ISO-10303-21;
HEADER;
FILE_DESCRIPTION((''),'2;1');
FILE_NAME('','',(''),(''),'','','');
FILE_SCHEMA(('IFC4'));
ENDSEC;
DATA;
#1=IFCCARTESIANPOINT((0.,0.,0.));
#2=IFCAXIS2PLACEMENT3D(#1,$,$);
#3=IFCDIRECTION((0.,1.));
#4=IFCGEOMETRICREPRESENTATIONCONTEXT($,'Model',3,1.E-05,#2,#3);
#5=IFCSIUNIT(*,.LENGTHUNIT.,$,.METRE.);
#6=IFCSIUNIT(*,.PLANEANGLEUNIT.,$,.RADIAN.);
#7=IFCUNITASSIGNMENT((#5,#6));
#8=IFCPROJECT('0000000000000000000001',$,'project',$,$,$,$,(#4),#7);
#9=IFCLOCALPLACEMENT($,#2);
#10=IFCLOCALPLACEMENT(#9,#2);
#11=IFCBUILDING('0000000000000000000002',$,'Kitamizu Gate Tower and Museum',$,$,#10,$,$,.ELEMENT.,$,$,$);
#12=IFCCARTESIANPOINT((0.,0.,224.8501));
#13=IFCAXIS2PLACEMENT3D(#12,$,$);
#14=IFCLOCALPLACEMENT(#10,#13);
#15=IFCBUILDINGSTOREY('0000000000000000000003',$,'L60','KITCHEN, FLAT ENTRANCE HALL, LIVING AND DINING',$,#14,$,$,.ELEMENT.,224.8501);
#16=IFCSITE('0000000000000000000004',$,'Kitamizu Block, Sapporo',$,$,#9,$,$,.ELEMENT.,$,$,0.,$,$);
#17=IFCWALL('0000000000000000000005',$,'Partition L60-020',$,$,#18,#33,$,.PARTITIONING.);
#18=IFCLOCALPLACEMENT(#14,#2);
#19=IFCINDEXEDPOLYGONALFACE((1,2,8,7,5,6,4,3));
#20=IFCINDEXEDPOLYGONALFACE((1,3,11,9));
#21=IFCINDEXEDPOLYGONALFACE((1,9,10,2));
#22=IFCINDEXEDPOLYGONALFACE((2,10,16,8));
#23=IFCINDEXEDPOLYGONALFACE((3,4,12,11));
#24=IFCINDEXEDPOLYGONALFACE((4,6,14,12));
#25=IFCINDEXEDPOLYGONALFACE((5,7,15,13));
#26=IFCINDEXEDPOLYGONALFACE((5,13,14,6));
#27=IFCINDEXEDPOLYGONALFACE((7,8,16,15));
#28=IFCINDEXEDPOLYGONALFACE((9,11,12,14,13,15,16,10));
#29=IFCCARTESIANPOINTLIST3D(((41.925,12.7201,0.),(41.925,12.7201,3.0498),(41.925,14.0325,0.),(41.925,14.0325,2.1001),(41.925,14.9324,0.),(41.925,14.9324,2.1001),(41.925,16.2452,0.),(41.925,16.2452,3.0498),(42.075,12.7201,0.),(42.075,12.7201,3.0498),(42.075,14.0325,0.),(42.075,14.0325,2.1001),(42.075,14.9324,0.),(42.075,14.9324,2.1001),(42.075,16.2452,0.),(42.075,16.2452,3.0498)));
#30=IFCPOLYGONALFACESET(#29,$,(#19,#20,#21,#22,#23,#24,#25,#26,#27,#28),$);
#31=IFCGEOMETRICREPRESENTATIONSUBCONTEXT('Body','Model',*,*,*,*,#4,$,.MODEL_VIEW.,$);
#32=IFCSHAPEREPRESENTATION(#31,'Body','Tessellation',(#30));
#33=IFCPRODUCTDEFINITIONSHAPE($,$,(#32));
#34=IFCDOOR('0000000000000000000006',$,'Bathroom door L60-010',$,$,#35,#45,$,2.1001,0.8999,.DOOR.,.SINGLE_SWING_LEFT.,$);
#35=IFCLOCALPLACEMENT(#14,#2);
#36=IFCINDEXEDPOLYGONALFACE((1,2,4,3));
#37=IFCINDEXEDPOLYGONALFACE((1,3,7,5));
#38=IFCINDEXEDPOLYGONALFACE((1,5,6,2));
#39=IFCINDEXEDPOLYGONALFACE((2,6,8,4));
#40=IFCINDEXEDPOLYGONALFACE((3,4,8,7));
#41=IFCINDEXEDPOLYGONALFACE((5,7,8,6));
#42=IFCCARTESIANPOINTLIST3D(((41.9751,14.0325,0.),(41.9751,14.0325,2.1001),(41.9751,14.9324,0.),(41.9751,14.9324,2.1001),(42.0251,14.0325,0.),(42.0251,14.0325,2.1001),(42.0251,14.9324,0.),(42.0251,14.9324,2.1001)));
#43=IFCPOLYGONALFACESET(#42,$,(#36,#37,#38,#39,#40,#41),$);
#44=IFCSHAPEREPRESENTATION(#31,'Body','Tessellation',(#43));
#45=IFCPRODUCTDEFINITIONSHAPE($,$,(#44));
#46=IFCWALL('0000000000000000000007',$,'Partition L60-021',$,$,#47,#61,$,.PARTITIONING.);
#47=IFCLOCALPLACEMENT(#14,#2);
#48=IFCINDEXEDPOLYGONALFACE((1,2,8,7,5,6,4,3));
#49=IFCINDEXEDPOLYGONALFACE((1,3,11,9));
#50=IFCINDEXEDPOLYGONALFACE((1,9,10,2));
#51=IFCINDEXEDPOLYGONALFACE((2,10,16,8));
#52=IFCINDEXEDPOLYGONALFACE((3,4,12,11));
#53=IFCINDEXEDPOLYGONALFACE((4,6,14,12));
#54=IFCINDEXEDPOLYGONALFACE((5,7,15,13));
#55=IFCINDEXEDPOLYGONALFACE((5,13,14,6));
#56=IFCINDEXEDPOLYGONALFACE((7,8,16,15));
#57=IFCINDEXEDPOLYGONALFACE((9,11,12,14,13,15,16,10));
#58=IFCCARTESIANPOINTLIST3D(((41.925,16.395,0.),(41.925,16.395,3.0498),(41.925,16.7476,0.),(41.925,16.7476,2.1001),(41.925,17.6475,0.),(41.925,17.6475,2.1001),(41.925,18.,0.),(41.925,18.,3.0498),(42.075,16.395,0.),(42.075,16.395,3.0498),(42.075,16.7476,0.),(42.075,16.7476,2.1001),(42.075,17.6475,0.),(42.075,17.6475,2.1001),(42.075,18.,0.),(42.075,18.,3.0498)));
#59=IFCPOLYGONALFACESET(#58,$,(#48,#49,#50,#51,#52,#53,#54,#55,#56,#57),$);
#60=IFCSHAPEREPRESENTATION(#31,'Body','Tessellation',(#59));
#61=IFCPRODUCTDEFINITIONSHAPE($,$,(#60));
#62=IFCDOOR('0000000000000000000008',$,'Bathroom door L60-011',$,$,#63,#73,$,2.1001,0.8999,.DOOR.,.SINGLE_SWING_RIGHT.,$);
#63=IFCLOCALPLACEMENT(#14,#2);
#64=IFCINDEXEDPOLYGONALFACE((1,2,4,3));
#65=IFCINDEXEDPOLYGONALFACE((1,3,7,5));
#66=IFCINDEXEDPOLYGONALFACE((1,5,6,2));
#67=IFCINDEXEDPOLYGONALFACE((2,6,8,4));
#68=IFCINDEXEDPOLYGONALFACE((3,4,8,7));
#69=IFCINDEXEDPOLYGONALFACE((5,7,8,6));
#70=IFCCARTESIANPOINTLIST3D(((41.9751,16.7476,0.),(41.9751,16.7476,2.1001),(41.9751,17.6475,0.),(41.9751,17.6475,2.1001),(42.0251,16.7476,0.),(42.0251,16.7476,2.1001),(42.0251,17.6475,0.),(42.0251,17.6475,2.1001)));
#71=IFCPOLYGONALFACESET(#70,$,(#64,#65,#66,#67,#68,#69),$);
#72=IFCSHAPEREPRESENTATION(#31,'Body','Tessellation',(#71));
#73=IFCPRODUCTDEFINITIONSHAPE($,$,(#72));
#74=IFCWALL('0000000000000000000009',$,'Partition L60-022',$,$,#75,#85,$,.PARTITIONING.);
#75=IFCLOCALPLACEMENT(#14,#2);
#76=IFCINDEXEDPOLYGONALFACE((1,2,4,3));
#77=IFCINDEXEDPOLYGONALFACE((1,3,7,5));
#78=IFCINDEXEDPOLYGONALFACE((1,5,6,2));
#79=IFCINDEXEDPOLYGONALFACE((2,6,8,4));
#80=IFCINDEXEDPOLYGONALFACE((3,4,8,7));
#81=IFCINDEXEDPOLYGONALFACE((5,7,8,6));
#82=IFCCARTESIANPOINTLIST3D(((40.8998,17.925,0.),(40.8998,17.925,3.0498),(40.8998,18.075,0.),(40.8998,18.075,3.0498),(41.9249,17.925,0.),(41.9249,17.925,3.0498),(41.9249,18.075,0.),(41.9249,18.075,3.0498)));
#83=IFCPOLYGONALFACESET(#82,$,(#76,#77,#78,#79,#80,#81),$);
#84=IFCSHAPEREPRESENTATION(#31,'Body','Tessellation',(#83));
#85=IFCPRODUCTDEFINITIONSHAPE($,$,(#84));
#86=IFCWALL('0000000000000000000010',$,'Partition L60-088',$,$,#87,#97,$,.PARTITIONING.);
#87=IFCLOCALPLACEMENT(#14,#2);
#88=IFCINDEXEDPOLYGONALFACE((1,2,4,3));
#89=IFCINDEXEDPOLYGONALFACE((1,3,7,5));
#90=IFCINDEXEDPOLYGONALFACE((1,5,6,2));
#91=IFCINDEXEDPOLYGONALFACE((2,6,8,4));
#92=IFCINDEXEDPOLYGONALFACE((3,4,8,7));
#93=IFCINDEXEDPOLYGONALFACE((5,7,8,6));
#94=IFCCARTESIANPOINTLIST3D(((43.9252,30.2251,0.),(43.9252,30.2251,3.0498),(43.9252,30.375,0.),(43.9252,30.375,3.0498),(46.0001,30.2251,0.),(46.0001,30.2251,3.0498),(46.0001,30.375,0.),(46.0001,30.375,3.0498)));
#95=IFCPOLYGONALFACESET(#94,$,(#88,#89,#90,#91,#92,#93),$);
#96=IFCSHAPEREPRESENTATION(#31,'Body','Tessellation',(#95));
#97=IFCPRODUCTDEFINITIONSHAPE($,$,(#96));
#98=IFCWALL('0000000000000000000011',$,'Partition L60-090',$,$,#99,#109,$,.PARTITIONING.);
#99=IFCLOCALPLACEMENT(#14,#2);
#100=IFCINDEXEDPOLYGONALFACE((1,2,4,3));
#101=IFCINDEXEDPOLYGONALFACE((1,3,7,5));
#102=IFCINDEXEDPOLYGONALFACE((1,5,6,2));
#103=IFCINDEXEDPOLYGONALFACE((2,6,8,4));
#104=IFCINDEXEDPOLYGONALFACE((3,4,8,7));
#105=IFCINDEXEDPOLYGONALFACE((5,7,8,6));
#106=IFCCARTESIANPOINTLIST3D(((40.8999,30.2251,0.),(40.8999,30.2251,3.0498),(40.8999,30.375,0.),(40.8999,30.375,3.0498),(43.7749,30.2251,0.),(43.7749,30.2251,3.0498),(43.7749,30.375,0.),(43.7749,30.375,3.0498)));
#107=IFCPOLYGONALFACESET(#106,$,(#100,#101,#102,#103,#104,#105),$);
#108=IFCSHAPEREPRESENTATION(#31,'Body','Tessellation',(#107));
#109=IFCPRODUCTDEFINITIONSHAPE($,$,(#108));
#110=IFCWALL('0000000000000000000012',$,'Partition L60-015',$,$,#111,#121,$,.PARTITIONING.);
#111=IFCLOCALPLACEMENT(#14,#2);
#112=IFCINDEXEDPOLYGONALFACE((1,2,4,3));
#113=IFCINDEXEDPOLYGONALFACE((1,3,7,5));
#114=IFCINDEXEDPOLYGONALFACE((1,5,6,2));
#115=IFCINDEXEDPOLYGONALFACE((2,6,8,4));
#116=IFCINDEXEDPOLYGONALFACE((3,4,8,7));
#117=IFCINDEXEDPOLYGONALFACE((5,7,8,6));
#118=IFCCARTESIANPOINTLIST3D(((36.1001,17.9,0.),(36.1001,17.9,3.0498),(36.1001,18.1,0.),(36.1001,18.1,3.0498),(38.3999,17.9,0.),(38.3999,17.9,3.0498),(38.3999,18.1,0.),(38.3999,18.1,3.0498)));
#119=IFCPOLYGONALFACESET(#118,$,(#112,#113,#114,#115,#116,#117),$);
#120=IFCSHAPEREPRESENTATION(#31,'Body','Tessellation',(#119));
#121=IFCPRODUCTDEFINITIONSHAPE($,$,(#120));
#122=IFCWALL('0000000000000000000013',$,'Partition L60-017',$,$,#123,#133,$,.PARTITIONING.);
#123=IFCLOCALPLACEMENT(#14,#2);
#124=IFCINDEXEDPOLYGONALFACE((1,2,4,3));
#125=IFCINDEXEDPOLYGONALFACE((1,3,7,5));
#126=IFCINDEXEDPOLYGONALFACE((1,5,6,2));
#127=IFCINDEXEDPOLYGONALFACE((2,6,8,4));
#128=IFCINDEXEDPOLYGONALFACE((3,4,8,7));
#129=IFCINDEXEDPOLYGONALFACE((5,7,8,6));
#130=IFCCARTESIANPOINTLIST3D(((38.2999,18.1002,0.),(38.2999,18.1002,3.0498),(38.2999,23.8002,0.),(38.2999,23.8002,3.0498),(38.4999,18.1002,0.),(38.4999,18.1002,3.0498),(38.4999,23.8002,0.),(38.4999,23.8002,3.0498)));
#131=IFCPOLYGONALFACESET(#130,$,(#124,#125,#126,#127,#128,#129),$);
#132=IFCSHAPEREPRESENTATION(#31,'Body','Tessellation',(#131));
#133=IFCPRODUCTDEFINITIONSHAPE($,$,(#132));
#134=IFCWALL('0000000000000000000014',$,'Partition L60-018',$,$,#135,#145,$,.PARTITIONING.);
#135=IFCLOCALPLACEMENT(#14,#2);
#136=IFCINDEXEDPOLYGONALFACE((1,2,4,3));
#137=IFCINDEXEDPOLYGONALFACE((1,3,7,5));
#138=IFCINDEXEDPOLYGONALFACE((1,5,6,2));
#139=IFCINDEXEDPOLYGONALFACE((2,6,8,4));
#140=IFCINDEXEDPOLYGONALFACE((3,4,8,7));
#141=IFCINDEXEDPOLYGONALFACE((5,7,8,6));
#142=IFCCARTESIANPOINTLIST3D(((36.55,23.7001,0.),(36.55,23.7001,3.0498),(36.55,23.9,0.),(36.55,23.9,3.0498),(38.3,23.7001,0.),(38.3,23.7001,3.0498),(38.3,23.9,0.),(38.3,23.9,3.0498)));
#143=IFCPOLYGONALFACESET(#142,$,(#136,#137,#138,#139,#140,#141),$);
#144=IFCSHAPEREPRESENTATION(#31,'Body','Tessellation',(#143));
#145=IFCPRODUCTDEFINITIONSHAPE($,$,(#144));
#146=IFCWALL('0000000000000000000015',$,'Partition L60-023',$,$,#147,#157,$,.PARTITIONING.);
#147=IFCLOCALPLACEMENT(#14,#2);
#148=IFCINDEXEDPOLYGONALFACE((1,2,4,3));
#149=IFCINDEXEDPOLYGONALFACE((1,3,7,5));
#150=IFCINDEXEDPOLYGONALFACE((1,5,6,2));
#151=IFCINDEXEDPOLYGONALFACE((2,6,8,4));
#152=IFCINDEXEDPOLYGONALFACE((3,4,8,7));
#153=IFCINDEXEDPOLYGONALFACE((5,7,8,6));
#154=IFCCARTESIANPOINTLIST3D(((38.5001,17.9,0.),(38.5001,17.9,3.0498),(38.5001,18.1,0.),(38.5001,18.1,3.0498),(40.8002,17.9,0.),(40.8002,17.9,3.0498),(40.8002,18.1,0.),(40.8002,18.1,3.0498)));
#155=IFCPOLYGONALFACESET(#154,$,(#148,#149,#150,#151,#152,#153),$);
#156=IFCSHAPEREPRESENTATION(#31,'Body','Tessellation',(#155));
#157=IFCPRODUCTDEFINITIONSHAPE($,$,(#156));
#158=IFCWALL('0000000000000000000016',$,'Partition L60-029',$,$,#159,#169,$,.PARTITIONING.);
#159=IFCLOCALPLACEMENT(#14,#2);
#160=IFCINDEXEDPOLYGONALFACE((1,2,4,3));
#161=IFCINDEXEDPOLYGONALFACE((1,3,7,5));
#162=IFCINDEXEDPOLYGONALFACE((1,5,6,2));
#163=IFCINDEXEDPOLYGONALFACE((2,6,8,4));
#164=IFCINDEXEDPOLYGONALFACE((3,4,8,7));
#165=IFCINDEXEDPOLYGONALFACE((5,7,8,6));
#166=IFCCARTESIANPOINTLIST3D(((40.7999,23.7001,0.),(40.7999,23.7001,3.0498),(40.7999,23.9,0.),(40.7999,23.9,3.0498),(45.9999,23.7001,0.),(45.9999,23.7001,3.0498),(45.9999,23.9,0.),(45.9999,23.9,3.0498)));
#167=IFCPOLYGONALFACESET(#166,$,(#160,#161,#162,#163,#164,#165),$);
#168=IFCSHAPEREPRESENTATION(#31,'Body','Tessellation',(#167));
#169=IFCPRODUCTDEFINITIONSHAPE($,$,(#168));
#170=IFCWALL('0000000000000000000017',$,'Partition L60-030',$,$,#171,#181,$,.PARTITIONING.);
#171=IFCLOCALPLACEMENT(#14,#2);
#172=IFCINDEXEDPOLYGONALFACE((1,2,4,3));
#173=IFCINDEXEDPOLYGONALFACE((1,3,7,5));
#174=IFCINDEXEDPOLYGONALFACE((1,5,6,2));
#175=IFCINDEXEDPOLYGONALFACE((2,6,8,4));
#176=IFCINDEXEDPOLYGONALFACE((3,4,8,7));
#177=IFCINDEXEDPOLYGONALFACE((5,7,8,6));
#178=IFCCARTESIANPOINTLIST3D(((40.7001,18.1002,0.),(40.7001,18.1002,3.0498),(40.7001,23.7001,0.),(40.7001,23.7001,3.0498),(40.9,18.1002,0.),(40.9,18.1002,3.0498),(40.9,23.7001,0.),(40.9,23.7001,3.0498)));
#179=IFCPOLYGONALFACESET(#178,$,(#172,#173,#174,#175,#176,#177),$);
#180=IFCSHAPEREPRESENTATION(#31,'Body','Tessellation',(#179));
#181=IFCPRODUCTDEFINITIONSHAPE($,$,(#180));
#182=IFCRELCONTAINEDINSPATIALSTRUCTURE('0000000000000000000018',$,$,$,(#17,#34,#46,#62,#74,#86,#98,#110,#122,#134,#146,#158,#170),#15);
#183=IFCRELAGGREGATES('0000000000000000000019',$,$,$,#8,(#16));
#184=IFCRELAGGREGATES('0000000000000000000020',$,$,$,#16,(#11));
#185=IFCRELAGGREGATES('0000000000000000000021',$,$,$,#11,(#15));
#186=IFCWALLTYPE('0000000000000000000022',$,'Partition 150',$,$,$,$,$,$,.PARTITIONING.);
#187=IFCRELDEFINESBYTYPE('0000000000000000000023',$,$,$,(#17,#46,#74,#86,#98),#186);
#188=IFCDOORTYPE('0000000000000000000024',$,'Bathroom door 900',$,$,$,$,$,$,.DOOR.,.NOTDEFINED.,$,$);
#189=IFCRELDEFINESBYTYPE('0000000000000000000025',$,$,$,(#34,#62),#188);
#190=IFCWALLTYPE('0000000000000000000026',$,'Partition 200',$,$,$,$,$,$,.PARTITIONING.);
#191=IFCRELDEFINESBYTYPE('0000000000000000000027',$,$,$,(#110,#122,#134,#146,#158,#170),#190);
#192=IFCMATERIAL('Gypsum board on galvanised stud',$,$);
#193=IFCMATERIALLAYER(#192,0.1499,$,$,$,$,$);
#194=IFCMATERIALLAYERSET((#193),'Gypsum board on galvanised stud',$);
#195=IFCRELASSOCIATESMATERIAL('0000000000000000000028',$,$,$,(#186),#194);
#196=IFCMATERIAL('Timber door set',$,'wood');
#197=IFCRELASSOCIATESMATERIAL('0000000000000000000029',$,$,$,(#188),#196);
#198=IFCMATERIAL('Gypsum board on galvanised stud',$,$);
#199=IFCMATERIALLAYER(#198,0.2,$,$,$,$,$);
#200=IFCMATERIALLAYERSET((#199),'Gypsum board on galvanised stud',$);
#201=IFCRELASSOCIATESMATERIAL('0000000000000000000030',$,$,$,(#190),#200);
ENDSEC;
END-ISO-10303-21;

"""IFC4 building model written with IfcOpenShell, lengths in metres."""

from ifc_helpers import new_model, si_unit, direction, frame, frame_2d, origin, place, context, subcontext, project, spatial, rectangle, extrude, material, layer, layer_set, type_object, element, fill, save


model = new_model("IFC4")

# Units and contexts
model_context = context("Model", 3, precision=1e-05, world=origin(), true_north=direction((0.0, 1.0)))
body_context = subcontext(model_context, "Body", "Model", "MODEL_VIEW")
ifc_project = project(units=[si_unit("LENGTHUNIT", "METRE"), si_unit("PLANEANGLEUNIT", "RADIAN")], contexts=[model_context])

# Site, building, storey
site_placement = place(None, origin())
site = spatial("IfcSite", under=ifc_project, at=site_placement, Name="Kitamizu Block, Sapporo", CompositionType="ELEMENT", RefElevation=0.0)
building_placement = place(site_placement, origin())
building = spatial("IfcBuilding", under=site, at=building_placement, Name="Kitamizu Gate Tower and Museum", CompositionType="ELEMENT")
storey_placement = place(building_placement, frame((0.0, 0.0, 224.8501)))
storey = spatial("IfcBuildingStorey", under=building, at=storey_placement, Name="L60", Description="KITCHEN, FLAT ENTRANCE HALL, LIVING AND DINING", CompositionType="ELEMENT", Elevation=224.8501)

# Shared definitions
ifc_material_1 = material(Name="Gypsum board on galvanised stud")
ifc_layer_1 = layer(ifc_material_1, 0.1499)
ifc_layer_set_1 = layer_set([ifc_layer_1], Name="Gypsum board on galvanised stud")
wall_type_1 = type_object("IfcWallType", Name="Partition 150", PredefinedType="PARTITIONING", material=ifc_layer_set_1)

# Walls, openings, doors
wall_1_placement = place(storey_placement, frame((42.0, 12.72, 0.0), z_axis=(0.0, 0.0, 1.0), x_axis=(0.0, 1.0, 0.0)))
wall_1 = element("IfcWall", 1, at=wall_1_placement, inside=storey, type_object=wall_type_1, Name="Partition L60-020", PredefinedType="PARTITIONING", context=body_context, shape_type="SweptSolid", body=[
    extrude(rectangle(XDim=3.5251, YDim=0.1499, at=frame_2d((1.7627, 0.0))), origin(), (0.0, 0.0, 1.0), 3.0498),
])
opening_1_placement = place(wall_1_placement, frame((1.3125, 0.0, 0.0)))
opening_1 = element("IfcOpeningElement", 2, at=opening_1_placement, cuts=wall_1, PredefinedType="OPENING", context=body_context, shape_type="SweptSolid", body=[
    extrude(rectangle(XDim=0.8999, YDim=2.1001, at=frame_2d((0.45, 1.05))), frame((0.0, 0.085, 0.0), z_axis=(0.0, -1.0, 0.0), x_axis=(1.0, 0.0, 0.0)), (0.0, 0.0, 1.0), 0.1699),
])
ifc_material_2 = material(Name="Timber door set", Category="wood")
door_type_1 = type_object("IfcDoorType", Name="Bathroom door 900", OperationType="NOTDEFINED", PredefinedType="DOOR", material=ifc_material_2)
door_1_placement = place(opening_1_placement, origin())
door_1 = element("IfcDoor", 3, at=door_1_placement, inside=storey, type_object=door_type_1, Name="Bathroom door L60-010", OperationType="SINGLE_SWING_LEFT", OverallHeight=2.1001, OverallWidth=0.8999, PredefinedType="DOOR", context=body_context, shape_type="SweptSolid", body=[
    extrude(rectangle(XDim=0.8999, YDim=2.1001, at=frame_2d((0.45, 1.05))), frame((0.0, 0.0249, 0.0), z_axis=(0.0, -1.0, 0.0), x_axis=(1.0, 0.0, 0.0)), (0.0, 0.0, 1.0), 0.05),
])
fill(opening_1, door_1)
wall_2_placement = place(storey_placement, frame((42.0, 16.395, 0.0), z_axis=(0.0, 0.0, 1.0), x_axis=(0.0, 1.0, 0.0)))
wall_2 = element("IfcWall", 4, at=wall_2_placement, inside=storey, type_object=wall_type_1, Name="Partition L60-021", PredefinedType="PARTITIONING", context=body_context, shape_type="SweptSolid", body=[
    extrude(rectangle(XDim=1.605, YDim=0.1499, at=frame_2d((0.8025, 0.0))), origin(), (0.0, 0.0, 1.0), 3.0498),
])
opening_2_placement = place(wall_2_placement, frame((0.3525, 0.0, 0.0)))
opening_2 = element("IfcOpeningElement", 5, at=opening_2_placement, cuts=wall_2, PredefinedType="OPENING", context=body_context, shape_type="SweptSolid", body=[
    extrude(rectangle(XDim=0.8999, YDim=2.1001, at=frame_2d((0.45, 1.05))), frame((0.0, 0.085, 0.0), z_axis=(0.0, -1.0, 0.0), x_axis=(1.0, 0.0, 0.0)), (0.0, 0.0, 1.0), 0.1699),
])
door_2_placement = place(opening_2_placement, origin())
door_2 = element("IfcDoor", 6, at=door_2_placement, inside=storey, type_object=door_type_1, Name="Bathroom door L60-011", OperationType="SINGLE_SWING_RIGHT", OverallHeight=2.1001, OverallWidth=0.8999, PredefinedType="DOOR", context=body_context, shape_type="SweptSolid", body=[
    extrude(rectangle(XDim=0.8999, YDim=2.1001, at=frame_2d((0.45, 1.05))), frame((0.0, 0.0249, 0.0), z_axis=(0.0, -1.0, 0.0), x_axis=(1.0, 0.0, 0.0)), (0.0, 0.0, 1.0), 0.05),
])
fill(opening_2, door_2)

# Walls
wall_3_placement = place(storey_placement, frame((41.925, 18.0, 0.0), z_axis=(0.0, 0.0, 1.0), x_axis=(-1.0, 0.0, 0.0)))
element("IfcWall", 7, at=wall_3_placement, inside=storey, type_object=wall_type_1, Name="Partition L60-022", PredefinedType="PARTITIONING", context=body_context, shape_type="SweptSolid", body=[
    extrude(rectangle(XDim=1.0251, YDim=0.1499, at=frame_2d((0.5127, 0.0))), origin(), (0.0, 0.0, 1.0), 3.0498),
])
wall_4_placement = place(storey_placement, frame((43.925, 30.3, 0.0), z_axis=(0.0, 0.0, 1.0), x_axis=(1.0, 0.0, 0.0)))
element("IfcWall", 8, at=wall_4_placement, inside=storey, type_object=wall_type_1, Name="Partition L60-088", PredefinedType="PARTITIONING", context=body_context, shape_type="SweptSolid", body=[
    extrude(rectangle(XDim=2.075, YDim=0.1499, at=frame_2d((1.0376, 0.0))), origin(), (0.0, 0.0, 1.0), 3.0498),
])
wall_5_placement = place(storey_placement, frame((40.8999, 30.3, 0.0), z_axis=(0.0, 0.0, 1.0), x_axis=(1.0, 0.0, 0.0)))
element("IfcWall", 9, at=wall_5_placement, inside=storey, type_object=wall_type_1, Name="Partition L60-090", PredefinedType="PARTITIONING", context=body_context, shape_type="SweptSolid", body=[
    extrude(rectangle(XDim=2.875, YDim=0.1499, at=frame_2d((1.4375, 0.0))), origin(), (0.0, 0.0, 1.0), 3.0498),
])
ifc_material_3 = material(Name="Gypsum board on galvanised stud")
ifc_layer_2 = layer(ifc_material_3, 0.2)
ifc_layer_set_2 = layer_set([ifc_layer_2], Name="Gypsum board on galvanised stud")
wall_type_2 = type_object("IfcWallType", Name="Partition 200", PredefinedType="PARTITIONING", material=ifc_layer_set_2)
wall_6_placement = place(storey_placement, frame((36.1001, 18.0, 0.0), z_axis=(0.0, 0.0, 1.0), x_axis=(1.0, 0.0, 0.0)))
element("IfcWall", 10, at=wall_6_placement, inside=storey, type_object=wall_type_2, Name="Partition L60-015", PredefinedType="PARTITIONING", context=body_context, shape_type="SweptSolid", body=[
    extrude(rectangle(XDim=2.2998, YDim=0.2, at=frame_2d((1.1499, 0.0))), origin(), (0.0, 0.0, 1.0), 3.0498),
])
wall_7_placement = place(storey_placement, frame((38.3999, 18.1001, 0.0), z_axis=(0.0, 0.0, 1.0), x_axis=(0.0, 1.0, 0.0)))
element("IfcWall", 11, at=wall_7_placement, inside=storey, type_object=wall_type_2, Name="Partition L60-017", PredefinedType="PARTITIONING", context=body_context, shape_type="SweptSolid", body=[
    extrude(rectangle(XDim=5.7, YDim=0.2, at=frame_2d((2.8501, 0.0))), origin(), (0.0, 0.0, 1.0), 3.0498),
])
wall_8_placement = place(storey_placement, frame((38.3, 23.8, 0.0), z_axis=(0.0, 0.0, 1.0), x_axis=(-1.0, 0.0, 0.0)))
element("IfcWall", 12, at=wall_8_placement, inside=storey, type_object=wall_type_2, Name="Partition L60-018", PredefinedType="PARTITIONING", context=body_context, shape_type="SweptSolid", body=[
    extrude(rectangle(XDim=1.75, YDim=0.2, at=frame_2d((0.875, 0.0))), origin(), (0.0, 0.0, 1.0), 3.0498),
])
wall_9_placement = place(storey_placement, frame((40.8, 18.0, 0.0), z_axis=(0.0, 0.0, 1.0), x_axis=(-1.0, 0.0, 0.0)))
element("IfcWall", 13, at=wall_9_placement, inside=storey, type_object=wall_type_2, Name="Partition L60-023", PredefinedType="PARTITIONING", context=body_context, shape_type="SweptSolid", body=[
    extrude(rectangle(XDim=2.3, YDim=0.2, at=frame_2d((1.1499, 0.0))), origin(), (0.0, 0.0, 1.0), 3.0498),
])
wall_10_placement = place(storey_placement, frame((46.0, 23.8, 0.0), z_axis=(0.0, 0.0, 1.0), x_axis=(-1.0, 0.0, 0.0)))
element("IfcWall", 14, at=wall_10_placement, inside=storey, type_object=wall_type_2, Name="Partition L60-029", PredefinedType="PARTITIONING", context=body_context, shape_type="SweptSolid", body=[
    extrude(rectangle(XDim=5.2, YDim=0.2, at=frame_2d((2.6001, 0.0))), origin(), (0.0, 0.0, 1.0), 3.0498),
])
wall_11_placement = place(storey_placement, frame((40.8, 23.7, 0.0), z_axis=(0.0, 0.0, 1.0), x_axis=(0.0, -1.0, 0.0)))
element("IfcWall", 15, at=wall_11_placement, inside=storey, type_object=wall_type_2, Name="Partition L60-030", PredefinedType="PARTITIONING", context=body_context, shape_type="SweptSolid", body=[
    extrude(rectangle(XDim=5.5999, YDim=0.2, at=frame_2d((2.7998, 0.0))), origin(), (0.0, 0.0, 1.0), 3.0498),
])

save(model, "model.ifc")
